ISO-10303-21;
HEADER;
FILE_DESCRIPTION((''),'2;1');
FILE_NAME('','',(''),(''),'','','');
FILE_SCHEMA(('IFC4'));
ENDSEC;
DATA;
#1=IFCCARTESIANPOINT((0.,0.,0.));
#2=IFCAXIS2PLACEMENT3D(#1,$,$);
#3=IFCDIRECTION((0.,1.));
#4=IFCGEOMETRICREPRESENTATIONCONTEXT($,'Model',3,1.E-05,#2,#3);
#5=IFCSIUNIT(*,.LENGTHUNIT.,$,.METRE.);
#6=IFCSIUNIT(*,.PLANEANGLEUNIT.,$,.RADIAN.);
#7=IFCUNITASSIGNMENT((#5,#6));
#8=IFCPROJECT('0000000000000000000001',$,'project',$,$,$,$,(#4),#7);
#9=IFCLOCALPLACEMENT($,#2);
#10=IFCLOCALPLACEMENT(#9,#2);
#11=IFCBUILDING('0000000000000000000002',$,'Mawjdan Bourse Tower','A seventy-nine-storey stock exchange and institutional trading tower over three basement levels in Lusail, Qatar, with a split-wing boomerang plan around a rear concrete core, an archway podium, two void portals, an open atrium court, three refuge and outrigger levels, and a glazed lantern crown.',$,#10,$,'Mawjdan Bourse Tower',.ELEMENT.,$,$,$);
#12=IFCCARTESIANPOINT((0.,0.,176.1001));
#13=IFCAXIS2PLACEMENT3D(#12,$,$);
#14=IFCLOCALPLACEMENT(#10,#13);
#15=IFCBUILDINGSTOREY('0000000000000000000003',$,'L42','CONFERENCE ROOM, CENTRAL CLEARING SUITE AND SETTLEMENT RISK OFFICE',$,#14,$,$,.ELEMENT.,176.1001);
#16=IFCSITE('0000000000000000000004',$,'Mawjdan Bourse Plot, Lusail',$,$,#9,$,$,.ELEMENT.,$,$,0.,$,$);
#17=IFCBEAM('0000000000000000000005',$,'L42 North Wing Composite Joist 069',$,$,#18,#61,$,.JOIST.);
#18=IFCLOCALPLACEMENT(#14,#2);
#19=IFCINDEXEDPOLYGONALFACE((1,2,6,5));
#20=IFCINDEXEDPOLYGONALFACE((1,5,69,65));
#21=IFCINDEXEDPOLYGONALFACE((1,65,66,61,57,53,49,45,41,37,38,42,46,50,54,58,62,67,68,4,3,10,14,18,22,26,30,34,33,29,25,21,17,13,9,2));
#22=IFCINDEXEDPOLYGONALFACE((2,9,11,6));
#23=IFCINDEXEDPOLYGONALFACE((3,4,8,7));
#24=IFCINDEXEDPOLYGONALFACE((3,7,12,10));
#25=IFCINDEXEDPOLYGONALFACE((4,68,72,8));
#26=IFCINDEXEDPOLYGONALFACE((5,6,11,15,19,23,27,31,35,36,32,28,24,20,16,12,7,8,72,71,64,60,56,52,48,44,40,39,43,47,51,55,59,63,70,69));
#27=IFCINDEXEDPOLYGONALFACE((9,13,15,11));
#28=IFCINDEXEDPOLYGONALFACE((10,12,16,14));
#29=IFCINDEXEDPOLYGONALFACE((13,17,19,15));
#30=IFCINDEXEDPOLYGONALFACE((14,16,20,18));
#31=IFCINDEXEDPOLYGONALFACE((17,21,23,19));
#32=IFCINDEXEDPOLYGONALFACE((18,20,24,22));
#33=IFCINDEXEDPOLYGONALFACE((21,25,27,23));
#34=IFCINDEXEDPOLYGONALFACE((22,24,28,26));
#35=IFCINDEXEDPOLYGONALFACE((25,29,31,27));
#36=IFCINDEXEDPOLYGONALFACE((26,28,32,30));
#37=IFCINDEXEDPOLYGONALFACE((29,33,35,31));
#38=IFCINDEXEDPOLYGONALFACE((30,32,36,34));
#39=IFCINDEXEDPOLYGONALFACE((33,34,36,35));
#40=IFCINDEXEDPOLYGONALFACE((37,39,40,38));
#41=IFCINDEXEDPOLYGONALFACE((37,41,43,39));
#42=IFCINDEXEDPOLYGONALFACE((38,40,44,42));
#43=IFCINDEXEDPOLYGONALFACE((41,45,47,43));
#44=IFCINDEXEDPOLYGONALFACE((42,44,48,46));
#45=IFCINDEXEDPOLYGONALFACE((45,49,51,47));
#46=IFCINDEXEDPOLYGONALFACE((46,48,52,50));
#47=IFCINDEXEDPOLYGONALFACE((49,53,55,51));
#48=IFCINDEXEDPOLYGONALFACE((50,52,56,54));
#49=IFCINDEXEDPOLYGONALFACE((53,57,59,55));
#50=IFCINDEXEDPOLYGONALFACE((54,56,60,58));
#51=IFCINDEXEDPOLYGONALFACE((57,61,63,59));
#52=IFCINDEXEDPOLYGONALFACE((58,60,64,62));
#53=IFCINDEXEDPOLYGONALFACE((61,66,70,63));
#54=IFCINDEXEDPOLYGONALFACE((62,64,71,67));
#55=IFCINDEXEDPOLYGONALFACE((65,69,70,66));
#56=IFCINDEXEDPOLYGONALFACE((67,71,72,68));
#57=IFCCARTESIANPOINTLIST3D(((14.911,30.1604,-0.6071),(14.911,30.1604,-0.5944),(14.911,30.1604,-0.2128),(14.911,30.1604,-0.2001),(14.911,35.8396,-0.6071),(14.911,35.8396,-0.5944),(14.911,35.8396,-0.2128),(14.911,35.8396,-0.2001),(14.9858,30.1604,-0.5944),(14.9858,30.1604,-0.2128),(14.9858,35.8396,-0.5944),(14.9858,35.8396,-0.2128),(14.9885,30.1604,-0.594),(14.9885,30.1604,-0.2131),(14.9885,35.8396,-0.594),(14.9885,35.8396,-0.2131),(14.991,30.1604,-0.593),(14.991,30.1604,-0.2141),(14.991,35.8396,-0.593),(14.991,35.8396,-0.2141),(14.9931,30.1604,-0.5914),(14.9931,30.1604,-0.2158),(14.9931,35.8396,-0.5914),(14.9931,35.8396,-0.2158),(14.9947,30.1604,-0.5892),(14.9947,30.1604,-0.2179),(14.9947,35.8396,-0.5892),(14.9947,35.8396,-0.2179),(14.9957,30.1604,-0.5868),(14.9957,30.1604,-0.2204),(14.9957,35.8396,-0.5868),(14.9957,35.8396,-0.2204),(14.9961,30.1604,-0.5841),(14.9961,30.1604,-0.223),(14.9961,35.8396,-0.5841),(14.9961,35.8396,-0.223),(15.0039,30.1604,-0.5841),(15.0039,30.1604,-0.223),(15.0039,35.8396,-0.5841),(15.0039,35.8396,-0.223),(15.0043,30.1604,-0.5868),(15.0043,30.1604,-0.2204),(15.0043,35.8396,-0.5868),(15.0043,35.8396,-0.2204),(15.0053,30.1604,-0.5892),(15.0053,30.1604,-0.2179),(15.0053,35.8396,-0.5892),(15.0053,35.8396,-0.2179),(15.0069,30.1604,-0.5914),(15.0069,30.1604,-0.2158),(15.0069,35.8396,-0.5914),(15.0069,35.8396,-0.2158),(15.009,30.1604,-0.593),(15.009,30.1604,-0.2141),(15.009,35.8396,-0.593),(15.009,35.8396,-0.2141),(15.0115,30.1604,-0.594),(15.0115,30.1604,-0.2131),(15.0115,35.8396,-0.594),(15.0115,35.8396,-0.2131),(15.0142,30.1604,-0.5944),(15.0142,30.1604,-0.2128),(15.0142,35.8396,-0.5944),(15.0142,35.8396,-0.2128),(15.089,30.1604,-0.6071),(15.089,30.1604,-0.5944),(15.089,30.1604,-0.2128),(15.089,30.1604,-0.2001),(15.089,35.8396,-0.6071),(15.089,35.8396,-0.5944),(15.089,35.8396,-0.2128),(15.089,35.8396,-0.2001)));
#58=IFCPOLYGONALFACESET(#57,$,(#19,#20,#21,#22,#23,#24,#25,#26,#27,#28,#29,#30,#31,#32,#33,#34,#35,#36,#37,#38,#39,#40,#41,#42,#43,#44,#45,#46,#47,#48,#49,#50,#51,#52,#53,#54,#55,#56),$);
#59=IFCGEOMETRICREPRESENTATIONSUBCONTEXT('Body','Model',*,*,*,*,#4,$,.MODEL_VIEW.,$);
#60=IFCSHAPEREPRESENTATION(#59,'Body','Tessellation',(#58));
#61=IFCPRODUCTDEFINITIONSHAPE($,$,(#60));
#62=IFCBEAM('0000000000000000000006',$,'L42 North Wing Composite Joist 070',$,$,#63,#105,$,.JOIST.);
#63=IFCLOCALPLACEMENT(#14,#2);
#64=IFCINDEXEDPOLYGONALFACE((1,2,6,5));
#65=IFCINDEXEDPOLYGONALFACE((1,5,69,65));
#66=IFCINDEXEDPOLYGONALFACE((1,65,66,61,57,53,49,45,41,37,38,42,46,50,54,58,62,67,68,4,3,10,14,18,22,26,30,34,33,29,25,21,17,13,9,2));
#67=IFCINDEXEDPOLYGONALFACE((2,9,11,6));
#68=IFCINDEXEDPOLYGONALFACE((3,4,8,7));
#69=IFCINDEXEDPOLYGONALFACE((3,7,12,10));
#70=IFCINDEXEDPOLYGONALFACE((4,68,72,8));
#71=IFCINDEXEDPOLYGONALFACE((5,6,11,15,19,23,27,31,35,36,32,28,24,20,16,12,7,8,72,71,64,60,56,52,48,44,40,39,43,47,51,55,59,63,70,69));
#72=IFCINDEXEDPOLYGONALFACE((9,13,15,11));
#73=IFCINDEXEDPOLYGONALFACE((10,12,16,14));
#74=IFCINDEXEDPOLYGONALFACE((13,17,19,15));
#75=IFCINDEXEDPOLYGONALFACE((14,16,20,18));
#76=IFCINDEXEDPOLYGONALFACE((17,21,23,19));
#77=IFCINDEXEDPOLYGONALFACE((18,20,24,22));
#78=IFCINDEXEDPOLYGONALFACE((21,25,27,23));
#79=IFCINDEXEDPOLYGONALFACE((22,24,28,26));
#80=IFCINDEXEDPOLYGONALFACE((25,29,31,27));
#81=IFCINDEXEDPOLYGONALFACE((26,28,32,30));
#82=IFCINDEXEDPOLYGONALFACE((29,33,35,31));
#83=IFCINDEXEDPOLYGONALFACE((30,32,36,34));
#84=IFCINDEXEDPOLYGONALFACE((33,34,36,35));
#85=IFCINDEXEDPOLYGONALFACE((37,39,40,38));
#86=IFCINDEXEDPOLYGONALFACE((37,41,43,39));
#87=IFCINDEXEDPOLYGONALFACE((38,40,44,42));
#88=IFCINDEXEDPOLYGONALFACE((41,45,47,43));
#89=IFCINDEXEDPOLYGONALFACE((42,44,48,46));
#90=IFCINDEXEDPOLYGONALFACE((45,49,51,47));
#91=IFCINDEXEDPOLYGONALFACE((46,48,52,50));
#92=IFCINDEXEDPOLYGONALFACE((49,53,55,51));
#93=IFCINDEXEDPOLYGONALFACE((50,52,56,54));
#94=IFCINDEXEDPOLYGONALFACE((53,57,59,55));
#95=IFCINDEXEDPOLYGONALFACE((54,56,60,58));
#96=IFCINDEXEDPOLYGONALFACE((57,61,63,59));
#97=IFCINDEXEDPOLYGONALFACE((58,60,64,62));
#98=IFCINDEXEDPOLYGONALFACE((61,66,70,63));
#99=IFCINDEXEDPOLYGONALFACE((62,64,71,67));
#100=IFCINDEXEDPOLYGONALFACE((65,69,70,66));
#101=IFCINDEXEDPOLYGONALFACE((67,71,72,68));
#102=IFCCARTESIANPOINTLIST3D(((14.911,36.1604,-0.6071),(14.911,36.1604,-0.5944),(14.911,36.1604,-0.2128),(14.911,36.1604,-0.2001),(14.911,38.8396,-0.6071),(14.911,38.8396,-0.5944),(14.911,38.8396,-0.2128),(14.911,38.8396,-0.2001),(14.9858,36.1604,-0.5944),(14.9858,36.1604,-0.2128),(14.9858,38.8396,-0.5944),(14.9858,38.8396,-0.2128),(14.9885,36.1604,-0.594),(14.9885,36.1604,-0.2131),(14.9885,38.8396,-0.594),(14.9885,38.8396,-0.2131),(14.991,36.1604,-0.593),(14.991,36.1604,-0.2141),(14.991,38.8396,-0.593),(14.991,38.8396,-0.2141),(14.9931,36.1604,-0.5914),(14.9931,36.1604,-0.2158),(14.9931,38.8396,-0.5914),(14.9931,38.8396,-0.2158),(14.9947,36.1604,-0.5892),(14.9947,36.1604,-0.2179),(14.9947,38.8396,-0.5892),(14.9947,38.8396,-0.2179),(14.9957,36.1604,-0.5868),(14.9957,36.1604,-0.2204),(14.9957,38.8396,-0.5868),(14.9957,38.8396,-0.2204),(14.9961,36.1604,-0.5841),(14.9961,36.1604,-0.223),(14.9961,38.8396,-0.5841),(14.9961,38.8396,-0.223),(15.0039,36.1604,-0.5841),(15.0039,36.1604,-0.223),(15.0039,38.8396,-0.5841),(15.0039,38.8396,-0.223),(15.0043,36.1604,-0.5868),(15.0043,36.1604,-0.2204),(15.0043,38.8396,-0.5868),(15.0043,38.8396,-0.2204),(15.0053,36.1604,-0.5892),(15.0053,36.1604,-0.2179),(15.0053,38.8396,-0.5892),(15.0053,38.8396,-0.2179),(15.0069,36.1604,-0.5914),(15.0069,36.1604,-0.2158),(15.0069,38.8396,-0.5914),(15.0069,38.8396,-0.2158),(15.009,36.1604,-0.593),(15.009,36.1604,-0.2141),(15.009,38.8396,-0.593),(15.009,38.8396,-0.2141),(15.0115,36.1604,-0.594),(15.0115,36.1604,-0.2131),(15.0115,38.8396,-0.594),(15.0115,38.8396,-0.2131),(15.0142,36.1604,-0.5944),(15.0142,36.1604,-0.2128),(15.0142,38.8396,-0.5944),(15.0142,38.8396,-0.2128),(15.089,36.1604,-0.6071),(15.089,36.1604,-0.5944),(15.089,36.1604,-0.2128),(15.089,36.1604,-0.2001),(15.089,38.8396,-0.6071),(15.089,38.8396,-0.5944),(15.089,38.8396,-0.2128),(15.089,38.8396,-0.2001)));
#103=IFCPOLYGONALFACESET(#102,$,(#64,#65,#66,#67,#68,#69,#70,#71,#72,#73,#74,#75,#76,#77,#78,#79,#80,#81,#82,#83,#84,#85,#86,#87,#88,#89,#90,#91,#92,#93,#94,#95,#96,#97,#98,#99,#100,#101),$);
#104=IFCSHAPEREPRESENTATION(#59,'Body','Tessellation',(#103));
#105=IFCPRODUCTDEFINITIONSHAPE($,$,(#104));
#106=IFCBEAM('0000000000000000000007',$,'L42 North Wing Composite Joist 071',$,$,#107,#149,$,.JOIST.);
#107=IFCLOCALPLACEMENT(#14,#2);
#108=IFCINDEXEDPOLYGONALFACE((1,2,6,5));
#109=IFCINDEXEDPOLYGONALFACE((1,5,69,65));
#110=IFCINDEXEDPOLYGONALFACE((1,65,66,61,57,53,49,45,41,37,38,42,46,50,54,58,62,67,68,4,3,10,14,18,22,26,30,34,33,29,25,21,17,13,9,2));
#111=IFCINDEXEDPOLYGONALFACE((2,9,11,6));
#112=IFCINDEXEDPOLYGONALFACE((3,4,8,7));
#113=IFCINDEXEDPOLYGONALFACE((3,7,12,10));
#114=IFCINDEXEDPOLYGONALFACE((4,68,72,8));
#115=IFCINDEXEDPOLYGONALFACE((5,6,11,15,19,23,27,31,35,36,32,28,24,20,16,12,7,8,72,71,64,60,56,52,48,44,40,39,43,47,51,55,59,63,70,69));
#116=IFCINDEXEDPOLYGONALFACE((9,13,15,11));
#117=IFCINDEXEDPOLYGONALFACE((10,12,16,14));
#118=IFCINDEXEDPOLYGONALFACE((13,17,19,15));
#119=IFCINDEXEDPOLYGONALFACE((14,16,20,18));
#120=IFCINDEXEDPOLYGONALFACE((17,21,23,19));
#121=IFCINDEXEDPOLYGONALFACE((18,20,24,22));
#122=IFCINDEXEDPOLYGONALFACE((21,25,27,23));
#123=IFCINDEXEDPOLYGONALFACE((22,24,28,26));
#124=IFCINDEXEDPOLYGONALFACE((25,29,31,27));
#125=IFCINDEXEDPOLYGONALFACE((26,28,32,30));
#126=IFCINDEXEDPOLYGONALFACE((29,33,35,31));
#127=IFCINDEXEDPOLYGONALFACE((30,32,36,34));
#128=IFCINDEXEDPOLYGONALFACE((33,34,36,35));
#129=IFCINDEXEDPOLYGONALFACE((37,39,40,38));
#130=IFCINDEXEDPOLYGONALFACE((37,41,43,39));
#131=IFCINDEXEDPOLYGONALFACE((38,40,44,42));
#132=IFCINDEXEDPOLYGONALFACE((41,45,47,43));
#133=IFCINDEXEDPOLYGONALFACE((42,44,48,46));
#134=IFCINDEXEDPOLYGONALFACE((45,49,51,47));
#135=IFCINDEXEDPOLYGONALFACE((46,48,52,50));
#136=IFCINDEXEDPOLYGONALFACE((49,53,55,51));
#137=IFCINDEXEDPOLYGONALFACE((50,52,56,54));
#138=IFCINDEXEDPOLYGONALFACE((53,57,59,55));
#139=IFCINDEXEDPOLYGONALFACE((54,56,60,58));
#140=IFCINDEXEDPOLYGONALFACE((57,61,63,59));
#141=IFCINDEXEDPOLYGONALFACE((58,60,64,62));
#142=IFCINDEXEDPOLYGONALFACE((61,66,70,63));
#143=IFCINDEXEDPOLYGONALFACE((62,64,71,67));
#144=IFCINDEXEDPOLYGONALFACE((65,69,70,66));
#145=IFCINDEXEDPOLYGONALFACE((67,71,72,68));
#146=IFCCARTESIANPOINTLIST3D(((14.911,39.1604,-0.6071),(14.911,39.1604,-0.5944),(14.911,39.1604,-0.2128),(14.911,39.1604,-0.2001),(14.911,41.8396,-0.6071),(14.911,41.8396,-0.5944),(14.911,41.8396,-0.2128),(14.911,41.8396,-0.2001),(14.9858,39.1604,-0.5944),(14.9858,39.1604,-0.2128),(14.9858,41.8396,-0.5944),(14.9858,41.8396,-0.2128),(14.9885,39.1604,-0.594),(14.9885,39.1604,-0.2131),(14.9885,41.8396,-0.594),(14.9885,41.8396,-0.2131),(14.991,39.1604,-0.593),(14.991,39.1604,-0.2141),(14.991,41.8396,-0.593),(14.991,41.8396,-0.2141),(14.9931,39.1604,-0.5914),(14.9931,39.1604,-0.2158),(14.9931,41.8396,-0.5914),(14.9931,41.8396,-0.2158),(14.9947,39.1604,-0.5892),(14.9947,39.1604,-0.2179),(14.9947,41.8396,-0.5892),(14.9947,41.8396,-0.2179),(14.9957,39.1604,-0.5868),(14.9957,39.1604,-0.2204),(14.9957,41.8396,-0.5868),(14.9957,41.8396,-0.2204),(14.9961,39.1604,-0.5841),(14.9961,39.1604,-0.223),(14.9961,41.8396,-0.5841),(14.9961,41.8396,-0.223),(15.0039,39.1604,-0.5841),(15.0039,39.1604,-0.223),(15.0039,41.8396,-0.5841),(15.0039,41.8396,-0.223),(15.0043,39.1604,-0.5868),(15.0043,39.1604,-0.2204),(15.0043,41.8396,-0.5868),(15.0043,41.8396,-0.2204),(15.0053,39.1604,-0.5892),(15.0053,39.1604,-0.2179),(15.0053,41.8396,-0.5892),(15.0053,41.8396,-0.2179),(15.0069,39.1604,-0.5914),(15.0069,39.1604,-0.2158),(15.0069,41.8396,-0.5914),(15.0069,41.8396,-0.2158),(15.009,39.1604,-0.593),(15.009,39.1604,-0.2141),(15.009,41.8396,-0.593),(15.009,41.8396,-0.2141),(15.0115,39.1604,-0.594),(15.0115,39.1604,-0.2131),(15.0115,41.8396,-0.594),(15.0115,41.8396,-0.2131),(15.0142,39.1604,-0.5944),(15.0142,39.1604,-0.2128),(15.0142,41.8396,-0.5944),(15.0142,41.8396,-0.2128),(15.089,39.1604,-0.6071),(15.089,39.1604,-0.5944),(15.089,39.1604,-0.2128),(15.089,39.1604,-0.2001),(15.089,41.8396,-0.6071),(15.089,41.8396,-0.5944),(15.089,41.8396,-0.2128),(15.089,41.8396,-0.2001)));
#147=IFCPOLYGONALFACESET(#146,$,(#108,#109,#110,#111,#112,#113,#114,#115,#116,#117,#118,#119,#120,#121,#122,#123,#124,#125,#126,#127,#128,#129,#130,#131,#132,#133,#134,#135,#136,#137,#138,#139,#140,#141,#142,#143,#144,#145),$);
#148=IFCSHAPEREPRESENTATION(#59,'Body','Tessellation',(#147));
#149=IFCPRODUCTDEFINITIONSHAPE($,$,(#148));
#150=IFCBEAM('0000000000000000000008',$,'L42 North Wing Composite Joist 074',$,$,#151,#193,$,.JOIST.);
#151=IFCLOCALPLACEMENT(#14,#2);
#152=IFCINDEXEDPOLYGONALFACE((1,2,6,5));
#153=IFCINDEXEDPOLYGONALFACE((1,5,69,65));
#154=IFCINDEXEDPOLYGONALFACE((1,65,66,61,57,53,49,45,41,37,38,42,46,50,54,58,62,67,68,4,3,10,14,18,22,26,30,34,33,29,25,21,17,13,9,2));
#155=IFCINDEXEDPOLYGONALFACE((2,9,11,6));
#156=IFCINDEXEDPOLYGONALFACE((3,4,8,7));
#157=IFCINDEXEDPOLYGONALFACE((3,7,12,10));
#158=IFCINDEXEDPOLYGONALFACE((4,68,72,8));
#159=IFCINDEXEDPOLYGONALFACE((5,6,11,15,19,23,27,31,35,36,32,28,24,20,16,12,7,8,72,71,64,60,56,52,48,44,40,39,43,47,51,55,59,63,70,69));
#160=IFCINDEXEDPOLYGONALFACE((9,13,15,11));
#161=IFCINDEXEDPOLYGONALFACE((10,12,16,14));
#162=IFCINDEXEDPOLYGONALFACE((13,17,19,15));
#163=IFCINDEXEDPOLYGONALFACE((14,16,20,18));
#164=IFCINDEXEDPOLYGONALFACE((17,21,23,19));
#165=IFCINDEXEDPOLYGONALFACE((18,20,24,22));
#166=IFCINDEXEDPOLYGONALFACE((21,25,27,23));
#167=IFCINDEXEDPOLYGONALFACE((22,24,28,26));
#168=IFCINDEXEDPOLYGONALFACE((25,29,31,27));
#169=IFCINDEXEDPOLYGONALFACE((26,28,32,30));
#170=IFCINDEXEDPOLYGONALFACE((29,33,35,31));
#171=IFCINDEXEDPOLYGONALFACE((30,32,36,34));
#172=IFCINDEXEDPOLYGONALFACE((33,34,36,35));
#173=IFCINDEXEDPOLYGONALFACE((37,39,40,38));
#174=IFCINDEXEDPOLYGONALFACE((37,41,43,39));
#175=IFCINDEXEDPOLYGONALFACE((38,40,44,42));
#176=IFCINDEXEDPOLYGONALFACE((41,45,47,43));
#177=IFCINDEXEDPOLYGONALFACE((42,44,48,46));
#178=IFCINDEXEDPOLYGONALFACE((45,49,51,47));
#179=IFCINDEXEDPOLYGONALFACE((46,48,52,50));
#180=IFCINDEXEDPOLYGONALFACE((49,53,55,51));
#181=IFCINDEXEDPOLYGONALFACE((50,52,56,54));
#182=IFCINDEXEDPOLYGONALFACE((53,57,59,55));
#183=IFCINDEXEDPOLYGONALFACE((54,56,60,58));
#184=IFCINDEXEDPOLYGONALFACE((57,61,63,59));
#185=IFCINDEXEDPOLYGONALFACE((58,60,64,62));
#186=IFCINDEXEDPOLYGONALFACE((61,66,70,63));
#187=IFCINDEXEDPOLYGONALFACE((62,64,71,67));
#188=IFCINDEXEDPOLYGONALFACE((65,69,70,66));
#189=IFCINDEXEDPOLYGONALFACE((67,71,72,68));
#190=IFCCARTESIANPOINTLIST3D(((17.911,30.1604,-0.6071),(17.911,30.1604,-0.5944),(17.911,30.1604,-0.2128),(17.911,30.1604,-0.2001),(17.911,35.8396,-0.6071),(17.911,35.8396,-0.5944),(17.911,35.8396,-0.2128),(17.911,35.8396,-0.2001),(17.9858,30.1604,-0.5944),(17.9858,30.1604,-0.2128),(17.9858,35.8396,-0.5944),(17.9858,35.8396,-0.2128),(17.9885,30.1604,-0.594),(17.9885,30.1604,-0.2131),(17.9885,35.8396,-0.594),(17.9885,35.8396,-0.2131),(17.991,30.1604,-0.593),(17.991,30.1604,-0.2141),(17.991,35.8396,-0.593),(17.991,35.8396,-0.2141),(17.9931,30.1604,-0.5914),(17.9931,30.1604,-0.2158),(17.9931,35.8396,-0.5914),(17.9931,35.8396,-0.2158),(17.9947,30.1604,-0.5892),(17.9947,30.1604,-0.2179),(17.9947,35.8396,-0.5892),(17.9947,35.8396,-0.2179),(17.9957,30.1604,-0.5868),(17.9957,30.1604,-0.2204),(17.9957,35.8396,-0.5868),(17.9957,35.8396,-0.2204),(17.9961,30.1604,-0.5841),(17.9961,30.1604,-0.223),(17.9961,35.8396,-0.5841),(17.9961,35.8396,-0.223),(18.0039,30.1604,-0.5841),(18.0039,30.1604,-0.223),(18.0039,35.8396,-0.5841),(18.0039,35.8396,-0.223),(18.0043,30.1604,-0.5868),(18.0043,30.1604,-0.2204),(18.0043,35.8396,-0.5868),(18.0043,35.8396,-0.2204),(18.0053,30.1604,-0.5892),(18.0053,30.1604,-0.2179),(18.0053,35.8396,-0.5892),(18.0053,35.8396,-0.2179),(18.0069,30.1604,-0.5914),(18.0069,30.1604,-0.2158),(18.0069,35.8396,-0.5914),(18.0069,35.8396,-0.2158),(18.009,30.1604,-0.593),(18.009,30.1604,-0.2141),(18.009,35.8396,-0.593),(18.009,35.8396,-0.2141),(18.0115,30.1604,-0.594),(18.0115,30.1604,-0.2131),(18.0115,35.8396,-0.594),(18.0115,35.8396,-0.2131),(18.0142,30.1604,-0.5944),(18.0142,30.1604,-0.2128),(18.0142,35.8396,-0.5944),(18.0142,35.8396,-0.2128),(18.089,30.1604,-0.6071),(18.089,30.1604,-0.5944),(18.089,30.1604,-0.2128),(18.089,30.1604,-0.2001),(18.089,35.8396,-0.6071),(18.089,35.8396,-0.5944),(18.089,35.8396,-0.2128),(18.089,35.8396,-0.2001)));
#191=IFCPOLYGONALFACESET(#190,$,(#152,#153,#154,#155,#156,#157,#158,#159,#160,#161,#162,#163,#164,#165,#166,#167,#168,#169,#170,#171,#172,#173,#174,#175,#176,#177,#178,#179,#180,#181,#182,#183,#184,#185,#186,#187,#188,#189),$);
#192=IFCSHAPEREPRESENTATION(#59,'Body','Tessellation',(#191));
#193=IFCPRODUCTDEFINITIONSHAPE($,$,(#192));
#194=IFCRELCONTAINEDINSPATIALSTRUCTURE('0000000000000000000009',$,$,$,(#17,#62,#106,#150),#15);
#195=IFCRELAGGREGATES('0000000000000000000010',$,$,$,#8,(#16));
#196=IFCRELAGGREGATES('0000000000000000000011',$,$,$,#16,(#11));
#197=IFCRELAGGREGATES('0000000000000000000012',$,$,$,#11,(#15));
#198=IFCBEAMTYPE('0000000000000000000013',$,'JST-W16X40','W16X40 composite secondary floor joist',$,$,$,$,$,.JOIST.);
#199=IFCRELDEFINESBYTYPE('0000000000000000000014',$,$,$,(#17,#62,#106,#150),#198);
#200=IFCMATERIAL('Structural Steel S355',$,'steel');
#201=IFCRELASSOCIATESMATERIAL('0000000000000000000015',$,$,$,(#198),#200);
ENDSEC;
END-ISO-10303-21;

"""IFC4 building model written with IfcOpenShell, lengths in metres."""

from ifc_helpers import new_model, si_unit, direction, frame, origin, origin_2d, place, context, subcontext, project, spatial, i_section, extrude, material, material_profile, profile_set, type_object, element, save


model = new_model("IFC4")

# Units and contexts
model_context = context("Model", 3, precision=1e-05, world=origin(), true_north=direction((0.0, 1.0)))
body_context = subcontext(model_context, "Body", "Model", "MODEL_VIEW")
ifc_project = project(units=[si_unit("LENGTHUNIT", "METRE"), si_unit("PLANEANGLEUNIT", "RADIAN")], contexts=[model_context])

# Site, building, storey
site_placement = place(None, origin())
site = spatial("IfcSite", under=ifc_project, at=site_placement, Name="Mawjdan Bourse Plot, Lusail", CompositionType="ELEMENT", RefElevation=0.0)
building_placement = place(site_placement, origin())
building = spatial("IfcBuilding", under=site, at=building_placement, Name="Mawjdan Bourse Tower", Description="A seventy-nine-storey stock exchange and institutional trading tower over three basement levels in Lusail, Qatar, with a split-wing boomerang plan around a rear concrete core, an archway podium, two void portals, an open atrium court, three refuge and outrigger levels, and a glazed lantern crown.", LongName="Mawjdan Bourse Tower", CompositionType="ELEMENT")
storey_placement = place(building_placement, frame((0.0, 0.0, 176.1001)))
storey = spatial("IfcBuildingStorey", under=building, at=storey_placement, Name="L42", Description="CONFERENCE ROOM, CENTRAL CLEARING SUITE AND SETTLEMENT RISK OFFICE", CompositionType="ELEMENT", Elevation=176.1001)

# Beams
ifc_material_1 = material(Name="Structural Steel S355", Category="steel")
ifc_material_profile_1 = material_profile(ifc_material_1, i_section(OverallWidth=0.178, OverallDepth=0.407, WebThickness=0.0078, FlangeThickness=0.0127, FilletRadius=0.0103, at=origin_2d()), Name="W16X40")
ifc_profile_set_1 = profile_set([ifc_material_profile_1], Name="Structural Steel S355")
beam_type_1 = type_object("IfcBeamType", Name="JST-W16X40", Description="W16X40 composite secondary floor joist", PredefinedType="JOIST", material=ifc_profile_set_1)
beam_1_placement = place(storey_placement, frame((15.0, 30.1604, -0.4036), z_axis=(0.0, 1.0, 0.0), x_axis=(-1.0, 0.0, 0.0)))
element("IfcBeam", 1, at=beam_1_placement, inside=storey, type_object=beam_type_1, Name="L42 North Wing Composite Joist 069", PredefinedType="JOIST", context=body_context, shape_type="SweptSolid", body=[
    extrude(i_section(OverallWidth=0.178, OverallDepth=0.407, WebThickness=0.0078, FlangeThickness=0.0127, FilletRadius=0.0103, at=origin_2d()), origin(), (0.0, 0.0, 1.0), 5.6792),
])
for number, where, z_axis, x_axis, name in (
    (2, (15.0, 36.1604, -0.4036), (0.0, 1.0, 0.0), (-1.0, 0.0, 0.0), "L42 North Wing Composite Joist 070"),
    (3, (15.0, 39.1604, -0.4036), (0.0, 1.0, 0.0), (-1.0, 0.0, 0.0), "L42 North Wing Composite Joist 071"),
):
    element("IfcBeam", number, at=place(storey_placement, frame(where, z_axis=z_axis, x_axis=x_axis)), inside=storey, type_object=beam_type_1, Name=name, PredefinedType="JOIST", context=body_context, shape_type="SweptSolid", body=[
        extrude(i_section(OverallWidth=0.178, OverallDepth=0.407, WebThickness=0.0078, FlangeThickness=0.0127, FilletRadius=0.0103, at=origin_2d()), origin(), (0.0, 0.0, 1.0), 2.6792),
    ])
beam_2_placement = place(storey_placement, frame((18.0, 30.1604, -0.4036), z_axis=(0.0, 1.0, 0.0), x_axis=(-1.0, 0.0, 0.0)))
element("IfcBeam", 4, at=beam_2_placement, inside=storey, type_object=beam_type_1, Name="L42 North Wing Composite Joist 074", PredefinedType="JOIST", context=body_context, shape_type="SweptSolid", body=[
    extrude(i_section(OverallWidth=0.178, OverallDepth=0.407, WebThickness=0.0078, FlangeThickness=0.0127, FilletRadius=0.0103, at=origin_2d()), origin(), (0.0, 0.0, 1.0), 5.6792),
])

save(model, "model.ifc")
